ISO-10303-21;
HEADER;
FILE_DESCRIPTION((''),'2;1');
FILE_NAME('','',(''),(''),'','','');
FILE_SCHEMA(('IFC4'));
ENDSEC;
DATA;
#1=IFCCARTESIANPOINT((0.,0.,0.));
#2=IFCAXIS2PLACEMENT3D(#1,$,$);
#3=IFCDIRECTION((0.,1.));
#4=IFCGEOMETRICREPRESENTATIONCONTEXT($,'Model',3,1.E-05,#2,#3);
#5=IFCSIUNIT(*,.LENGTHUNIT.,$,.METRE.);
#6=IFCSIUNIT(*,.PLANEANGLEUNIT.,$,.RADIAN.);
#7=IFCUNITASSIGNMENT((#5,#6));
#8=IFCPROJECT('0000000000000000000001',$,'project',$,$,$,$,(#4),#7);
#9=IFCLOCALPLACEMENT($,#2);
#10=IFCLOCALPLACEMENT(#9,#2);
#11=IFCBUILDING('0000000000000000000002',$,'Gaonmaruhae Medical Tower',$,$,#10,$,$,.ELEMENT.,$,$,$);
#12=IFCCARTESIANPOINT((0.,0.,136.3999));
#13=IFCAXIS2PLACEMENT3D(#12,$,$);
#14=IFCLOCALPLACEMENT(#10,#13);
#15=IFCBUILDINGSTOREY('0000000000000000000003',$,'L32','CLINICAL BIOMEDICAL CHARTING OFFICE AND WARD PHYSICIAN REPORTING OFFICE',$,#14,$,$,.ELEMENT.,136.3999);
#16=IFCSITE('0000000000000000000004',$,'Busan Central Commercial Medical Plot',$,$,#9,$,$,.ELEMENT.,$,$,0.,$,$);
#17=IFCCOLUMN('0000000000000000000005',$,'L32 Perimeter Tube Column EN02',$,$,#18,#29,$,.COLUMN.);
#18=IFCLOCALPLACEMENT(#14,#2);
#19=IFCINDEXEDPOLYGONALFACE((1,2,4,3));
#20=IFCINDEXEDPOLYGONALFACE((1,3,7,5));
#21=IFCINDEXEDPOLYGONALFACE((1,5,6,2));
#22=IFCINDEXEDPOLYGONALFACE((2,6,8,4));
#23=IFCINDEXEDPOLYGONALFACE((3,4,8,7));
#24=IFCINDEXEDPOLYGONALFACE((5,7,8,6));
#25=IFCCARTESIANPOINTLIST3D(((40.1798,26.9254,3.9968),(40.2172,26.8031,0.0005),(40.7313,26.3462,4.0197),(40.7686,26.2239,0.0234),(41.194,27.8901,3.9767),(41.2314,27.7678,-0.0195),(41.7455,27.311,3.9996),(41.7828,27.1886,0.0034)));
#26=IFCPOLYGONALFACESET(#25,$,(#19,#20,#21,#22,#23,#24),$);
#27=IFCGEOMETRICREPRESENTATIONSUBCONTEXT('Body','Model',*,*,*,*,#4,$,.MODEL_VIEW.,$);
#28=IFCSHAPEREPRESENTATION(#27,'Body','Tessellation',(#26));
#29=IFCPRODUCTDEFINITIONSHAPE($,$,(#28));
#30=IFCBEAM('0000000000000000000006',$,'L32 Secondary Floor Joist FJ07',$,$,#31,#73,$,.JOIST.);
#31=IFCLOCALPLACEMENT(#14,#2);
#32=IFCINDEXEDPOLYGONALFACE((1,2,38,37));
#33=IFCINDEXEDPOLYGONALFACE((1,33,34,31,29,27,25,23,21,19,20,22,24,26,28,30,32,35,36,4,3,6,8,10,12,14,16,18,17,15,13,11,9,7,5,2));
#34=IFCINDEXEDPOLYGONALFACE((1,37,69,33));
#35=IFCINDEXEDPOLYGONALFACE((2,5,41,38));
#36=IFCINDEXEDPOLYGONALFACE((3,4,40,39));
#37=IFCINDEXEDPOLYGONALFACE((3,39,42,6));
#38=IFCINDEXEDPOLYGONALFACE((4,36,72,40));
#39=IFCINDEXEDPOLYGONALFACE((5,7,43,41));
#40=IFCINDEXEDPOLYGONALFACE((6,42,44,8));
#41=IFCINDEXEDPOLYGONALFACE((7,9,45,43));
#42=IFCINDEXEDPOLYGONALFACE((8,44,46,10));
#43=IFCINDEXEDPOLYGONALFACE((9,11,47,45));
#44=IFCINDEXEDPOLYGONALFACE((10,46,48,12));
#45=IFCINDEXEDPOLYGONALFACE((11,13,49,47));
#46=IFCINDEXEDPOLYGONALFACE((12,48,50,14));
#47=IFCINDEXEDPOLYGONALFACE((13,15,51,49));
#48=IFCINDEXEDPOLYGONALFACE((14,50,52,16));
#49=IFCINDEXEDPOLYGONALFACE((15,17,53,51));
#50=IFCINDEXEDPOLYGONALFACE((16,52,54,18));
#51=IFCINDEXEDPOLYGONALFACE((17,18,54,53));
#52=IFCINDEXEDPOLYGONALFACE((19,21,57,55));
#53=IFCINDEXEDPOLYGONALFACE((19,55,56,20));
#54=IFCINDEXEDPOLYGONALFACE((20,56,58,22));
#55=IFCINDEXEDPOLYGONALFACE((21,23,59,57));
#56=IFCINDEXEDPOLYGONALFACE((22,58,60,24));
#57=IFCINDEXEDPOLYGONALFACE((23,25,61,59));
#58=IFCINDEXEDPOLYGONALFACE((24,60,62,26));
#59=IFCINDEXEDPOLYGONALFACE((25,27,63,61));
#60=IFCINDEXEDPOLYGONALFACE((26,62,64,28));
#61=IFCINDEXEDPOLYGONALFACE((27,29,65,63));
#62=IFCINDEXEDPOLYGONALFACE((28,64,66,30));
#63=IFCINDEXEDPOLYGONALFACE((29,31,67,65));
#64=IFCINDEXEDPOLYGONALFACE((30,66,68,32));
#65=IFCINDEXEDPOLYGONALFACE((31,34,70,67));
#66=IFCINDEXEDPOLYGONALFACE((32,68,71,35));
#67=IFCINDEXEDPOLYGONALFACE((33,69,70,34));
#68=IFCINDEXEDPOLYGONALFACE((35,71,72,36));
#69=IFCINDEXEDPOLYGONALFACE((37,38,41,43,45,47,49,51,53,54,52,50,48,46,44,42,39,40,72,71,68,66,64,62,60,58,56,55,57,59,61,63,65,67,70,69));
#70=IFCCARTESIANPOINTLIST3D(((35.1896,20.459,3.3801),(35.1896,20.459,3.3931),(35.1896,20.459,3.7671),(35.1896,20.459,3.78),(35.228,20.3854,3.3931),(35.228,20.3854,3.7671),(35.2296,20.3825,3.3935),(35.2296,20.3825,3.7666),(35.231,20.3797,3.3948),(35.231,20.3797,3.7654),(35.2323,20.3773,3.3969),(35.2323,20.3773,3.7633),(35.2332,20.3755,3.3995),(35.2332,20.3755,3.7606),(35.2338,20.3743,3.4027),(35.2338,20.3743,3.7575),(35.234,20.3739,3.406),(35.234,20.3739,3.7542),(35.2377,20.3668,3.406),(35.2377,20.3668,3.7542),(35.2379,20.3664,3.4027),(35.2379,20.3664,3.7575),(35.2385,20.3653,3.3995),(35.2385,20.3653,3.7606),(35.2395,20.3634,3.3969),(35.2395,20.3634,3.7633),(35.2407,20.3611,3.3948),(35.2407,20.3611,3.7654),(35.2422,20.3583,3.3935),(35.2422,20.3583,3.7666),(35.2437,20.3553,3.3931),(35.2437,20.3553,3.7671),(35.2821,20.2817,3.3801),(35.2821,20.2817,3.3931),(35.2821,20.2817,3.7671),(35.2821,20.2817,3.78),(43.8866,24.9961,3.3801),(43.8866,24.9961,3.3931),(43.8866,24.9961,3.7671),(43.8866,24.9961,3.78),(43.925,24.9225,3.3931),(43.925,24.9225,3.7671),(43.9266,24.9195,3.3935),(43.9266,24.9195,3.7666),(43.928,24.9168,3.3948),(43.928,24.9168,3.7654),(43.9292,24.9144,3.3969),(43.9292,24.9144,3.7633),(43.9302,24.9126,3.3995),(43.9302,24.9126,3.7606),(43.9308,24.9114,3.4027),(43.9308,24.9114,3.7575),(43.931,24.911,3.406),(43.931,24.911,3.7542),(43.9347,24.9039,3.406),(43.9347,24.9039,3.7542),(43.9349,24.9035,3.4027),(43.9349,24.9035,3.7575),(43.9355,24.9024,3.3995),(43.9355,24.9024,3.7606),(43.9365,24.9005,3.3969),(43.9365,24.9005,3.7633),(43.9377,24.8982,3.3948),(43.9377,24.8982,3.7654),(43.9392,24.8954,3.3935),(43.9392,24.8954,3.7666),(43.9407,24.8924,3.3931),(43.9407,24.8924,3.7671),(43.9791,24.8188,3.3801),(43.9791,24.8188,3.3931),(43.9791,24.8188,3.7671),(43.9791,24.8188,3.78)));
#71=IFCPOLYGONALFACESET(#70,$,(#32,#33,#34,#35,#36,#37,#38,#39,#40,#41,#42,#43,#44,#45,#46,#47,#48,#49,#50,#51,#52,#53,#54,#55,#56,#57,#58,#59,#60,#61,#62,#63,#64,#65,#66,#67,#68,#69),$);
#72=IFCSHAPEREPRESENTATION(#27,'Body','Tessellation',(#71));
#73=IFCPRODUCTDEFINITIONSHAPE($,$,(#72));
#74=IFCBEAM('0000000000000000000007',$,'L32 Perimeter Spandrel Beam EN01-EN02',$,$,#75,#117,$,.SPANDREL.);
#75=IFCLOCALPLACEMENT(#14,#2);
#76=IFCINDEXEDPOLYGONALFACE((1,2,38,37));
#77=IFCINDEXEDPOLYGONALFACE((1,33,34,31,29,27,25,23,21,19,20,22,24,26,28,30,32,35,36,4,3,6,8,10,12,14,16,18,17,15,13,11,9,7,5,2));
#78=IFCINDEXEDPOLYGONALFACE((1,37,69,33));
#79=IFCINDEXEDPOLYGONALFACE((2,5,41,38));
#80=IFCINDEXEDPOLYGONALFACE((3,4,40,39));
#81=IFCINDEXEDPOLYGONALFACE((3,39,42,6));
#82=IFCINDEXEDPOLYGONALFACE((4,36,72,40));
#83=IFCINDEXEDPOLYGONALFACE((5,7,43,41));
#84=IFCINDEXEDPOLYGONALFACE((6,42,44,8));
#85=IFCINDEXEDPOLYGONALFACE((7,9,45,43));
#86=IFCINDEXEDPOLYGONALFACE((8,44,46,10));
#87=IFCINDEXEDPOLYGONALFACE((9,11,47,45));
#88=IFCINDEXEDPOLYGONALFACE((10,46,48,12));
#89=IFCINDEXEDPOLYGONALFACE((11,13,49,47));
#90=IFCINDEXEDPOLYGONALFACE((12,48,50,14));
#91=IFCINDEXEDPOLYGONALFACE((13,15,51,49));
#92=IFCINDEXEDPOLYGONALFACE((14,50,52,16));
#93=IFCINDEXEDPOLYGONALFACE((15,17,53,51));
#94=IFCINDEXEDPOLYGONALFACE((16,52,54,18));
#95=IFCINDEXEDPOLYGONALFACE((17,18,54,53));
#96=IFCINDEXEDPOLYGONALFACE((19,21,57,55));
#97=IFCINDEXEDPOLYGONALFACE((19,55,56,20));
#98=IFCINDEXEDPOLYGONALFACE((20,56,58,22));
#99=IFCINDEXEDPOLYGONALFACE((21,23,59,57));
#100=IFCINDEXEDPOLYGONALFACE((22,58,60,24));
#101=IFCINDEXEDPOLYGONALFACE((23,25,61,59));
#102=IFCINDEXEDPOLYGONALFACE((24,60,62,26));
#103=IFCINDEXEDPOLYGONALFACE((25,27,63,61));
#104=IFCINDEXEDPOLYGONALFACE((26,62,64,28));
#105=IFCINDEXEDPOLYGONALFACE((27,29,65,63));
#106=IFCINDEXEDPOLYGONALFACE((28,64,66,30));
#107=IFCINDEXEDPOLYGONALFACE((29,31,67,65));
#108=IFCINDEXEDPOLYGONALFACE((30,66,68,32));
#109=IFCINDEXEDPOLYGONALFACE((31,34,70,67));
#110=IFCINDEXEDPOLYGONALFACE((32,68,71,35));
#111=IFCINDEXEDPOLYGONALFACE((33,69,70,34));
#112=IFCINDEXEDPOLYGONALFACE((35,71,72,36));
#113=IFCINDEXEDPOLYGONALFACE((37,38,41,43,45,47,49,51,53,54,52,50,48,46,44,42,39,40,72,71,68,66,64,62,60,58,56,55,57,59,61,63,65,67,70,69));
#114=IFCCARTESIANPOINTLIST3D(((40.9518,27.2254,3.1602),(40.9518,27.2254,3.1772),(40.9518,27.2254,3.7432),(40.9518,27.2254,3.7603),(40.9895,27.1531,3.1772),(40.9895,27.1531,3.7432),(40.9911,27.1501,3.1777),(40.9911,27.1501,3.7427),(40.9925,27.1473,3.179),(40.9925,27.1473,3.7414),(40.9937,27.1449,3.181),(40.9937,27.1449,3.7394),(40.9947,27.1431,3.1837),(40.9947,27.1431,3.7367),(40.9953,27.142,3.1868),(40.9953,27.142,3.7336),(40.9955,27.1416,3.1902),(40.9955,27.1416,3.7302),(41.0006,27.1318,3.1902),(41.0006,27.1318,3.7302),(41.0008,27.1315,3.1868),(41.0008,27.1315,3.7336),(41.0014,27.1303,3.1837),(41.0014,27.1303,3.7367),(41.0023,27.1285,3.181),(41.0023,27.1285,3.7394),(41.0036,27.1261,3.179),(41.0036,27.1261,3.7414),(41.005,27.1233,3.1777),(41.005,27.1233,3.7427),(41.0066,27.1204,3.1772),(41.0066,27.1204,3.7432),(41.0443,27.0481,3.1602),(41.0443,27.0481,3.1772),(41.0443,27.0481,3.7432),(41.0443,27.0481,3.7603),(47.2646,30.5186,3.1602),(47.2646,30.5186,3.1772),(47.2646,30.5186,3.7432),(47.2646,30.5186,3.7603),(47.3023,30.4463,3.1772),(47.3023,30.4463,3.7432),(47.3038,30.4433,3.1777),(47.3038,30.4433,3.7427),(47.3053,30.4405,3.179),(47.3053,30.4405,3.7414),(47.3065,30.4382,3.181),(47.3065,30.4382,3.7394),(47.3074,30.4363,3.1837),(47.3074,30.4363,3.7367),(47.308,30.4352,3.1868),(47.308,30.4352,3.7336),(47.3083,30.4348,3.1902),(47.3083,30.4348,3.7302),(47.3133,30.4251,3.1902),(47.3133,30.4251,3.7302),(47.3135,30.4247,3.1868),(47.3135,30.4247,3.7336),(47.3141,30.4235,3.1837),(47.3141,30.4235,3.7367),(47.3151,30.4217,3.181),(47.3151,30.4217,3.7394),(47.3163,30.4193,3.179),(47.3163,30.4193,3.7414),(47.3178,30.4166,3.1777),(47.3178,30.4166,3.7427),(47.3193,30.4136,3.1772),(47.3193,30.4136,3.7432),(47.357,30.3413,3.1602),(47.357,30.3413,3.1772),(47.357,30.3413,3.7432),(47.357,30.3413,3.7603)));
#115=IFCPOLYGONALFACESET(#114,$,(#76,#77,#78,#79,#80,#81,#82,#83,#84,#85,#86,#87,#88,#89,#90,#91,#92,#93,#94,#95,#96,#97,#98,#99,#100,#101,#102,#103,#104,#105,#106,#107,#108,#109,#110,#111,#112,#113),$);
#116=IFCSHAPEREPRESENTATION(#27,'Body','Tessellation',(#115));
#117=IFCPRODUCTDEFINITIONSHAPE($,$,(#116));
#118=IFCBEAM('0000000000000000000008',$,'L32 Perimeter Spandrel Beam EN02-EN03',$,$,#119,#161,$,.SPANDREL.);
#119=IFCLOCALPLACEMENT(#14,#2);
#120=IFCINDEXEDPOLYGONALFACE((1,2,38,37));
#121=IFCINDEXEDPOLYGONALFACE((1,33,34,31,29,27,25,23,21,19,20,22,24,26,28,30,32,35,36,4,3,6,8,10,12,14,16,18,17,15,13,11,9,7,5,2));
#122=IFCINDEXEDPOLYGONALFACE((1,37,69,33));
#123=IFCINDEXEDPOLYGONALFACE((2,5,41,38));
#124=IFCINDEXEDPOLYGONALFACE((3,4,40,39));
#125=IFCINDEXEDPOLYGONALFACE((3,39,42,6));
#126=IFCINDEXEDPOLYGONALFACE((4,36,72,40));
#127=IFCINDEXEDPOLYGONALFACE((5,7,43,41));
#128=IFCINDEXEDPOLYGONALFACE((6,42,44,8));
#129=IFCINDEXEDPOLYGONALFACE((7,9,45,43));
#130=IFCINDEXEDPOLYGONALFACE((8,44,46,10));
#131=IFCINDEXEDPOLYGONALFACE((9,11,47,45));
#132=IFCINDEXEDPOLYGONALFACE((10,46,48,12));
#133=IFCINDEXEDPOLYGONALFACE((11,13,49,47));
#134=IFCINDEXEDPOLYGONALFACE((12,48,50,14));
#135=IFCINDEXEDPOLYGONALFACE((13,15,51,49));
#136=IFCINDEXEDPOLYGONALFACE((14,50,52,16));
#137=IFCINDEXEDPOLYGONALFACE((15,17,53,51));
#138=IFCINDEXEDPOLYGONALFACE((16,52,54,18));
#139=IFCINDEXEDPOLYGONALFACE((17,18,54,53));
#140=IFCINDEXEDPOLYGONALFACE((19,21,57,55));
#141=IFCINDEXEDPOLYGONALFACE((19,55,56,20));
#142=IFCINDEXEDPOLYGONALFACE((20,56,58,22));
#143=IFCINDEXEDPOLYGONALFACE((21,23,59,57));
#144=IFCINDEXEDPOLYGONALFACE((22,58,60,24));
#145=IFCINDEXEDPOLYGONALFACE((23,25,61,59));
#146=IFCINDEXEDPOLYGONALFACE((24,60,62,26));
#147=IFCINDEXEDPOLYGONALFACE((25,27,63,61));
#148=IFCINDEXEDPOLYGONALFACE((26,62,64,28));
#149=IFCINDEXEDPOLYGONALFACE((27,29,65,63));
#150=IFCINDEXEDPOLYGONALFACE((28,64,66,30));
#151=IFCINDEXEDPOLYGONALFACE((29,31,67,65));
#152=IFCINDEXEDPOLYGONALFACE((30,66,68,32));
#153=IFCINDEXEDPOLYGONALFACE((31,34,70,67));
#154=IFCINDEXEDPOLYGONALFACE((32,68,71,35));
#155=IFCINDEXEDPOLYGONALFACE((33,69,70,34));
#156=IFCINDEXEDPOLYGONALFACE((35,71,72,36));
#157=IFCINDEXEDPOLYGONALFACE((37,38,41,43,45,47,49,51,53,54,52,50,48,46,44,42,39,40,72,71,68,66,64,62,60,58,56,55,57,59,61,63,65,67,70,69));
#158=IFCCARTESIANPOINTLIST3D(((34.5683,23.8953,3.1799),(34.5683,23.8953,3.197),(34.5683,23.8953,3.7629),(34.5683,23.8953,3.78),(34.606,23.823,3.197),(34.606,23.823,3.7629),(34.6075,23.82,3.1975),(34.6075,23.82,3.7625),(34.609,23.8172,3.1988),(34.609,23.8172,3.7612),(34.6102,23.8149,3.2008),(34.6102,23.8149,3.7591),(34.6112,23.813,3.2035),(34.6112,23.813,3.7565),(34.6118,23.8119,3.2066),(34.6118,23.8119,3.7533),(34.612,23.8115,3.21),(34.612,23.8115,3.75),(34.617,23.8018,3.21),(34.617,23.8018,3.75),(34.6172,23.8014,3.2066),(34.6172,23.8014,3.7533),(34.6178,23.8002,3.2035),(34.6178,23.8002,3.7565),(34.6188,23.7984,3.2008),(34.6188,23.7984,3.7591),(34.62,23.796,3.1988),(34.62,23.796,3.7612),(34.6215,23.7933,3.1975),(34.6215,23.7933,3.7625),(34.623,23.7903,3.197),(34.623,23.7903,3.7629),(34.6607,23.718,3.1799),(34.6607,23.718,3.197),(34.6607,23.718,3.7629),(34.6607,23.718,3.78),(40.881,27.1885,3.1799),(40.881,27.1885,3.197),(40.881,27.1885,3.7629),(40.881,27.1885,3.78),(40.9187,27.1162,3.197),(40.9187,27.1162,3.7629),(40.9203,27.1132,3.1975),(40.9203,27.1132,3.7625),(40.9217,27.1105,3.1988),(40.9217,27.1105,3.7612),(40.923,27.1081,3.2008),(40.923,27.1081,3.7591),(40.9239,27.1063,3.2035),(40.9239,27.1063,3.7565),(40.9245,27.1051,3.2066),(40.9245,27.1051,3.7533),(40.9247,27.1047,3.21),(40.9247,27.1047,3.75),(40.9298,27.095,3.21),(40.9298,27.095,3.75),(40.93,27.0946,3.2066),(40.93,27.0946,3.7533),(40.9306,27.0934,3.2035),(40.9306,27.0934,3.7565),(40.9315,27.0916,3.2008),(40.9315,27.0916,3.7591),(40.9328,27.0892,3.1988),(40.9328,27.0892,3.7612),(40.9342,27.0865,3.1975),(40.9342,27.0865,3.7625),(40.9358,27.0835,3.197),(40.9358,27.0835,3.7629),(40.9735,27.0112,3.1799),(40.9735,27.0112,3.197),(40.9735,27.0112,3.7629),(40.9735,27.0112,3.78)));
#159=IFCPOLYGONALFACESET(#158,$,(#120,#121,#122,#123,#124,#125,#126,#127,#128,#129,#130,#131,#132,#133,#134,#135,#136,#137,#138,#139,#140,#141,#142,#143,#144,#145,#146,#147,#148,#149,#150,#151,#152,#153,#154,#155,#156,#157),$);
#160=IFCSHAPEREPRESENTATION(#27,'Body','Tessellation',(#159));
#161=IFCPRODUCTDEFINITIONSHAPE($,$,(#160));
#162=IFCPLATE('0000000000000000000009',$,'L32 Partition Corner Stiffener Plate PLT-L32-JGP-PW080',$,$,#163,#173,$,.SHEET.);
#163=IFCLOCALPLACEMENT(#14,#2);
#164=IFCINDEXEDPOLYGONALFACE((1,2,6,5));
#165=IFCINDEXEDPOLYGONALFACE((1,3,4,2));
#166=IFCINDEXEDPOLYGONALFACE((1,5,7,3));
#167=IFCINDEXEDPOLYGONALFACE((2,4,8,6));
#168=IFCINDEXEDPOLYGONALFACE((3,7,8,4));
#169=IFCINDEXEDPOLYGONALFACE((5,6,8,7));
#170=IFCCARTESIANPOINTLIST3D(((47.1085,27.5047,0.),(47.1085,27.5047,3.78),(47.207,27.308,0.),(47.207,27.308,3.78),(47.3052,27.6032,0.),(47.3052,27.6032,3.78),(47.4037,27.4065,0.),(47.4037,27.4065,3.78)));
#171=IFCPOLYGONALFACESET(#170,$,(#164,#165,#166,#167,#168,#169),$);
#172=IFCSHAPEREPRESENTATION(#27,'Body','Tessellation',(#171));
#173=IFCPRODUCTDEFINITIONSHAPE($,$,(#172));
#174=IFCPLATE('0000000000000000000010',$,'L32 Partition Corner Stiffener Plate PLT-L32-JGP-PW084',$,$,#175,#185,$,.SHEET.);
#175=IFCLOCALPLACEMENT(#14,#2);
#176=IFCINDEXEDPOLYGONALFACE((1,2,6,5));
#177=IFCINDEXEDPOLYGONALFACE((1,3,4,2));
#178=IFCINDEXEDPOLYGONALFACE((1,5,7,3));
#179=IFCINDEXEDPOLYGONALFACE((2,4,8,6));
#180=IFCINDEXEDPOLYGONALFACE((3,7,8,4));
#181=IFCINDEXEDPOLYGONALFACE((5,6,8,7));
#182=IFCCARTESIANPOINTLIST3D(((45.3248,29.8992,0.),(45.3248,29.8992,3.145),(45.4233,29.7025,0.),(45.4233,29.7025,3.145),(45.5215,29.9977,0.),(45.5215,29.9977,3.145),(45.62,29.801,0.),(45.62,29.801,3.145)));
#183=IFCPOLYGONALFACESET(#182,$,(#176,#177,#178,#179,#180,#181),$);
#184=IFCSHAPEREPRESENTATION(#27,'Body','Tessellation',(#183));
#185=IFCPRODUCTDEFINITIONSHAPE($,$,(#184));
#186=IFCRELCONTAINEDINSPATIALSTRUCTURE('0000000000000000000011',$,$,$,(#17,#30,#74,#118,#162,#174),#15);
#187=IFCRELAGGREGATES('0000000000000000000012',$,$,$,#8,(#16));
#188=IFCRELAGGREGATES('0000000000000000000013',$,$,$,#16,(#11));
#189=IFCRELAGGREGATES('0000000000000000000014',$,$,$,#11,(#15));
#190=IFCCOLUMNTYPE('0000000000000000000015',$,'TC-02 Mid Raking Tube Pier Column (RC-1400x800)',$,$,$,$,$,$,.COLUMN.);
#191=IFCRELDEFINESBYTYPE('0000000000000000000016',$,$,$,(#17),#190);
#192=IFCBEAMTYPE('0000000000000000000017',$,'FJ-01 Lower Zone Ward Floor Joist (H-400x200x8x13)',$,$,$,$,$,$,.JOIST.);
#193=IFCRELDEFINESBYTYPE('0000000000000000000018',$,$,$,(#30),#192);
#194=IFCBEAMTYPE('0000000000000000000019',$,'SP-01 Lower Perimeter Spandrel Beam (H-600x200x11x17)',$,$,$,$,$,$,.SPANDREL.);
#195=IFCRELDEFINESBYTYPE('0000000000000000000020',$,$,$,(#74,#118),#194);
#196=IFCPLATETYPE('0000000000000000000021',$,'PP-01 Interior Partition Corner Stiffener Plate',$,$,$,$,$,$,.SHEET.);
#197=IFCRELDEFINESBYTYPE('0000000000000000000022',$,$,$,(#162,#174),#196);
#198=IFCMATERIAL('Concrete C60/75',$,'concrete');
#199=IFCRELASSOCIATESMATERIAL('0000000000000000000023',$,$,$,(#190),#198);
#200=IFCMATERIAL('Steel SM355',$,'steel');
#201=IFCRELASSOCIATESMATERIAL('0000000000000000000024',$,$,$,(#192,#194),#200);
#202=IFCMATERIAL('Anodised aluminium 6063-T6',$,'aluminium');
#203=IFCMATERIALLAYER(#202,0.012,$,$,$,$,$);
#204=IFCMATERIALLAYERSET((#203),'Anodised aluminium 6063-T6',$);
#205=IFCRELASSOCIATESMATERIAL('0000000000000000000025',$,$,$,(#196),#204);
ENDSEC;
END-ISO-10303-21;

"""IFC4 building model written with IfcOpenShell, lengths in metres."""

from ifc_helpers import new_model, si_unit, direction, frame, origin, origin_2d, place, context, subcontext, project, spatial, rectangle, i_section, extrude, material, layer, layer_set, material_profile, profile_set, type_object, element, save


model = new_model("IFC4")

# Units and contexts
model_context = context("Model", 3, precision=1e-05, world=origin(), true_north=direction((0.0, 1.0)))
body_context = subcontext(model_context, "Body", "Model", "MODEL_VIEW")
ifc_project = project(units=[si_unit("LENGTHUNIT", "METRE"), si_unit("PLANEANGLEUNIT", "RADIAN")], contexts=[model_context])

# Site, building, storey
site_placement = place(None, origin())
site = spatial("IfcSite", under=ifc_project, at=site_placement, Name="Busan Central Commercial Medical Plot", CompositionType="ELEMENT", RefElevation=0.0)
building_placement = place(site_placement, origin())
building = spatial("IfcBuilding", under=site, at=building_placement, Name="Gaonmaruhae Medical Tower", CompositionType="ELEMENT")
storey_placement = place(building_placement, frame((0.0, 0.0, 136.3999)))
storey = spatial("IfcBuildingStorey", under=building, at=storey_placement, Name="L32", Description="CLINICAL BIOMEDICAL CHARTING OFFICE AND WARD PHYSICIAN REPORTING OFFICE", CompositionType="ELEMENT", Elevation=136.3999)

# Column
ifc_material_1 = material(Name="Concrete C60/75", Category="concrete")
ifc_material_profile_1 = material_profile(ifc_material_1, rectangle(XDim=1.3999, YDim=0.8, at=origin_2d()), Name="RC-1400x800")
ifc_profile_set_1 = profile_set([ifc_material_profile_1], Name="Concrete C60/75")
column_type = type_object("IfcColumnType", Name="TC-02 Mid Raking Tube Pier Column (RC-1400x800)", PredefinedType="COLUMN", material=ifc_profile_set_1)
column_placement = place(storey_placement, frame((41.0, 26.9958, 0.002), z_axis=(-0.009342, 0.030591, 0.999488), x_axis=(-0.724454, -0.689174, 0.014322)))
element("IfcColumn", 1, at=column_placement, inside=storey, type_object=column_type, Name="L32 Perimeter Tube Column EN02", PredefinedType="COLUMN", context=body_context, shape_type="SweptSolid", body=[
    extrude(rectangle(XDim=1.3999, YDim=0.8, at=origin_2d()), origin(), (0.0, 0.0, 1.0), 3.9983),
])

# Beams
ifc_material_2 = material(Name="Steel SM355", Category="steel")
ifc_material_profile_2 = material_profile(ifc_material_2, i_section(OverallWidth=0.2, OverallDepth=0.3999, WebThickness=0.0081, FlangeThickness=0.0129, FilletRadius=0.0129, at=origin_2d()), Name="H-400x200x8x13")
ifc_profile_set_2 = profile_set([ifc_material_profile_2], Name="Steel SM355")
beam_type_1 = type_object("IfcBeamType", Name="FJ-01 Lower Zone Ward Floor Joist (H-400x200x8x13)", PredefinedType="JOIST", material=ifc_profile_set_2)
beam_placement = place(storey_placement, frame((43.9329, 24.9075, 3.5801), z_axis=(-0.886604, -0.462529, 0.0), x_axis=(0.462529, -0.886604, 0.0)))
element("IfcBeam", 2, at=beam_placement, inside=storey, type_object=beam_type_1, Name="L32 Secondary Floor Joist FJ07", PredefinedType="JOIST", context=body_context, shape_type="SweptSolid", body=[
    extrude(i_section(OverallWidth=0.2, OverallDepth=0.3999, WebThickness=0.0081, FlangeThickness=0.0129, FilletRadius=0.0129, at=origin_2d()), origin(), (0.0, 0.0, 1.0), 9.8093),
])
ifc_material_profile_3 = material_profile(ifc_material_2, i_section(OverallWidth=0.2, OverallDepth=0.6001, WebThickness=0.011, FlangeThickness=0.0171, FilletRadius=0.0129, at=origin_2d()), Name="H-600x200x11x17")
ifc_profile_set_3 = profile_set([ifc_material_profile_3], Name="Steel SM355")
beam_type_2 = type_object("IfcBeamType", Name="SP-01 Lower Perimeter Spandrel Beam (H-600x200x11x17)", PredefinedType="SPANDREL", material=ifc_profile_set_3)
for number, where, z_axis, x_axis, name in (
    (3, (47.3108, 30.4299, 3.4602), (-0.886607, -0.462523, 0.0), (0.462523, -0.886607, 0.0), "L32 Perimeter Spandrel Beam EN01-EN02"),
    (4, (40.9272, 27.0999, 3.48), (-0.886607, -0.462523, 0.0), (0.462523, -0.886607, 0.0), "L32 Perimeter Spandrel Beam EN02-EN03"),
):
    element("IfcBeam", number, at=place(storey_placement, frame(where, z_axis=z_axis, x_axis=x_axis)), inside=storey, type_object=beam_type_2, Name=name, PredefinedType="SPANDREL", context=body_context, shape_type="SweptSolid", body=[
        extrude(i_section(OverallWidth=0.2, OverallDepth=0.6001, WebThickness=0.011, FlangeThickness=0.0171, FilletRadius=0.0129, at=origin_2d()), origin(), (0.0, 0.0, 1.0), 7.1201),
    ])

# Plates
ifc_material_3 = material(Name="Anodised aluminium 6063-T6", Category="aluminium")
ifc_layer_1 = layer(ifc_material_3, 0.012)
ifc_layer_set_1 = layer_set([ifc_layer_1], Name="Anodised aluminium 6063-T6")
plate_type = type_object("IfcPlateType", Name="PP-01 Interior Partition Corner Stiffener Plate", PredefinedType="SHEET", material=ifc_layer_set_1)
plate_1_placement = place(storey_placement, frame((47.2561, 27.4556, 0.0), z_axis=(0.0, 0.0, 1.0), x_axis=(0.447712, -0.894178, 0.0)))
element("IfcPlate", 5, at=plate_1_placement, inside=storey, type_object=plate_type, Name="L32 Partition Corner Stiffener Plate PLT-L32-JGP-PW080", PredefinedType="SHEET", context=body_context, shape_type="SweptSolid", body=[
    extrude(rectangle(XDim=0.22, YDim=0.22, at=origin_2d()), origin(), (0.0, 0.0, 1.0), 3.78),
])
plate_2_placement = place(storey_placement, frame((45.4724, 29.8501, 0.0), z_axis=(0.0, 0.0, 1.0), x_axis=(0.894068, 0.447931, 0.0)))
element("IfcPlate", 6, at=plate_2_placement, inside=storey, type_object=plate_type, Name="L32 Partition Corner Stiffener Plate PLT-L32-JGP-PW084", PredefinedType="SHEET", context=body_context, shape_type="SweptSolid", body=[
    extrude(rectangle(XDim=0.22, YDim=0.22, at=origin_2d()), origin(), (0.0, 0.0, 1.0), 3.145),
])

save(model, "model.ifc")
